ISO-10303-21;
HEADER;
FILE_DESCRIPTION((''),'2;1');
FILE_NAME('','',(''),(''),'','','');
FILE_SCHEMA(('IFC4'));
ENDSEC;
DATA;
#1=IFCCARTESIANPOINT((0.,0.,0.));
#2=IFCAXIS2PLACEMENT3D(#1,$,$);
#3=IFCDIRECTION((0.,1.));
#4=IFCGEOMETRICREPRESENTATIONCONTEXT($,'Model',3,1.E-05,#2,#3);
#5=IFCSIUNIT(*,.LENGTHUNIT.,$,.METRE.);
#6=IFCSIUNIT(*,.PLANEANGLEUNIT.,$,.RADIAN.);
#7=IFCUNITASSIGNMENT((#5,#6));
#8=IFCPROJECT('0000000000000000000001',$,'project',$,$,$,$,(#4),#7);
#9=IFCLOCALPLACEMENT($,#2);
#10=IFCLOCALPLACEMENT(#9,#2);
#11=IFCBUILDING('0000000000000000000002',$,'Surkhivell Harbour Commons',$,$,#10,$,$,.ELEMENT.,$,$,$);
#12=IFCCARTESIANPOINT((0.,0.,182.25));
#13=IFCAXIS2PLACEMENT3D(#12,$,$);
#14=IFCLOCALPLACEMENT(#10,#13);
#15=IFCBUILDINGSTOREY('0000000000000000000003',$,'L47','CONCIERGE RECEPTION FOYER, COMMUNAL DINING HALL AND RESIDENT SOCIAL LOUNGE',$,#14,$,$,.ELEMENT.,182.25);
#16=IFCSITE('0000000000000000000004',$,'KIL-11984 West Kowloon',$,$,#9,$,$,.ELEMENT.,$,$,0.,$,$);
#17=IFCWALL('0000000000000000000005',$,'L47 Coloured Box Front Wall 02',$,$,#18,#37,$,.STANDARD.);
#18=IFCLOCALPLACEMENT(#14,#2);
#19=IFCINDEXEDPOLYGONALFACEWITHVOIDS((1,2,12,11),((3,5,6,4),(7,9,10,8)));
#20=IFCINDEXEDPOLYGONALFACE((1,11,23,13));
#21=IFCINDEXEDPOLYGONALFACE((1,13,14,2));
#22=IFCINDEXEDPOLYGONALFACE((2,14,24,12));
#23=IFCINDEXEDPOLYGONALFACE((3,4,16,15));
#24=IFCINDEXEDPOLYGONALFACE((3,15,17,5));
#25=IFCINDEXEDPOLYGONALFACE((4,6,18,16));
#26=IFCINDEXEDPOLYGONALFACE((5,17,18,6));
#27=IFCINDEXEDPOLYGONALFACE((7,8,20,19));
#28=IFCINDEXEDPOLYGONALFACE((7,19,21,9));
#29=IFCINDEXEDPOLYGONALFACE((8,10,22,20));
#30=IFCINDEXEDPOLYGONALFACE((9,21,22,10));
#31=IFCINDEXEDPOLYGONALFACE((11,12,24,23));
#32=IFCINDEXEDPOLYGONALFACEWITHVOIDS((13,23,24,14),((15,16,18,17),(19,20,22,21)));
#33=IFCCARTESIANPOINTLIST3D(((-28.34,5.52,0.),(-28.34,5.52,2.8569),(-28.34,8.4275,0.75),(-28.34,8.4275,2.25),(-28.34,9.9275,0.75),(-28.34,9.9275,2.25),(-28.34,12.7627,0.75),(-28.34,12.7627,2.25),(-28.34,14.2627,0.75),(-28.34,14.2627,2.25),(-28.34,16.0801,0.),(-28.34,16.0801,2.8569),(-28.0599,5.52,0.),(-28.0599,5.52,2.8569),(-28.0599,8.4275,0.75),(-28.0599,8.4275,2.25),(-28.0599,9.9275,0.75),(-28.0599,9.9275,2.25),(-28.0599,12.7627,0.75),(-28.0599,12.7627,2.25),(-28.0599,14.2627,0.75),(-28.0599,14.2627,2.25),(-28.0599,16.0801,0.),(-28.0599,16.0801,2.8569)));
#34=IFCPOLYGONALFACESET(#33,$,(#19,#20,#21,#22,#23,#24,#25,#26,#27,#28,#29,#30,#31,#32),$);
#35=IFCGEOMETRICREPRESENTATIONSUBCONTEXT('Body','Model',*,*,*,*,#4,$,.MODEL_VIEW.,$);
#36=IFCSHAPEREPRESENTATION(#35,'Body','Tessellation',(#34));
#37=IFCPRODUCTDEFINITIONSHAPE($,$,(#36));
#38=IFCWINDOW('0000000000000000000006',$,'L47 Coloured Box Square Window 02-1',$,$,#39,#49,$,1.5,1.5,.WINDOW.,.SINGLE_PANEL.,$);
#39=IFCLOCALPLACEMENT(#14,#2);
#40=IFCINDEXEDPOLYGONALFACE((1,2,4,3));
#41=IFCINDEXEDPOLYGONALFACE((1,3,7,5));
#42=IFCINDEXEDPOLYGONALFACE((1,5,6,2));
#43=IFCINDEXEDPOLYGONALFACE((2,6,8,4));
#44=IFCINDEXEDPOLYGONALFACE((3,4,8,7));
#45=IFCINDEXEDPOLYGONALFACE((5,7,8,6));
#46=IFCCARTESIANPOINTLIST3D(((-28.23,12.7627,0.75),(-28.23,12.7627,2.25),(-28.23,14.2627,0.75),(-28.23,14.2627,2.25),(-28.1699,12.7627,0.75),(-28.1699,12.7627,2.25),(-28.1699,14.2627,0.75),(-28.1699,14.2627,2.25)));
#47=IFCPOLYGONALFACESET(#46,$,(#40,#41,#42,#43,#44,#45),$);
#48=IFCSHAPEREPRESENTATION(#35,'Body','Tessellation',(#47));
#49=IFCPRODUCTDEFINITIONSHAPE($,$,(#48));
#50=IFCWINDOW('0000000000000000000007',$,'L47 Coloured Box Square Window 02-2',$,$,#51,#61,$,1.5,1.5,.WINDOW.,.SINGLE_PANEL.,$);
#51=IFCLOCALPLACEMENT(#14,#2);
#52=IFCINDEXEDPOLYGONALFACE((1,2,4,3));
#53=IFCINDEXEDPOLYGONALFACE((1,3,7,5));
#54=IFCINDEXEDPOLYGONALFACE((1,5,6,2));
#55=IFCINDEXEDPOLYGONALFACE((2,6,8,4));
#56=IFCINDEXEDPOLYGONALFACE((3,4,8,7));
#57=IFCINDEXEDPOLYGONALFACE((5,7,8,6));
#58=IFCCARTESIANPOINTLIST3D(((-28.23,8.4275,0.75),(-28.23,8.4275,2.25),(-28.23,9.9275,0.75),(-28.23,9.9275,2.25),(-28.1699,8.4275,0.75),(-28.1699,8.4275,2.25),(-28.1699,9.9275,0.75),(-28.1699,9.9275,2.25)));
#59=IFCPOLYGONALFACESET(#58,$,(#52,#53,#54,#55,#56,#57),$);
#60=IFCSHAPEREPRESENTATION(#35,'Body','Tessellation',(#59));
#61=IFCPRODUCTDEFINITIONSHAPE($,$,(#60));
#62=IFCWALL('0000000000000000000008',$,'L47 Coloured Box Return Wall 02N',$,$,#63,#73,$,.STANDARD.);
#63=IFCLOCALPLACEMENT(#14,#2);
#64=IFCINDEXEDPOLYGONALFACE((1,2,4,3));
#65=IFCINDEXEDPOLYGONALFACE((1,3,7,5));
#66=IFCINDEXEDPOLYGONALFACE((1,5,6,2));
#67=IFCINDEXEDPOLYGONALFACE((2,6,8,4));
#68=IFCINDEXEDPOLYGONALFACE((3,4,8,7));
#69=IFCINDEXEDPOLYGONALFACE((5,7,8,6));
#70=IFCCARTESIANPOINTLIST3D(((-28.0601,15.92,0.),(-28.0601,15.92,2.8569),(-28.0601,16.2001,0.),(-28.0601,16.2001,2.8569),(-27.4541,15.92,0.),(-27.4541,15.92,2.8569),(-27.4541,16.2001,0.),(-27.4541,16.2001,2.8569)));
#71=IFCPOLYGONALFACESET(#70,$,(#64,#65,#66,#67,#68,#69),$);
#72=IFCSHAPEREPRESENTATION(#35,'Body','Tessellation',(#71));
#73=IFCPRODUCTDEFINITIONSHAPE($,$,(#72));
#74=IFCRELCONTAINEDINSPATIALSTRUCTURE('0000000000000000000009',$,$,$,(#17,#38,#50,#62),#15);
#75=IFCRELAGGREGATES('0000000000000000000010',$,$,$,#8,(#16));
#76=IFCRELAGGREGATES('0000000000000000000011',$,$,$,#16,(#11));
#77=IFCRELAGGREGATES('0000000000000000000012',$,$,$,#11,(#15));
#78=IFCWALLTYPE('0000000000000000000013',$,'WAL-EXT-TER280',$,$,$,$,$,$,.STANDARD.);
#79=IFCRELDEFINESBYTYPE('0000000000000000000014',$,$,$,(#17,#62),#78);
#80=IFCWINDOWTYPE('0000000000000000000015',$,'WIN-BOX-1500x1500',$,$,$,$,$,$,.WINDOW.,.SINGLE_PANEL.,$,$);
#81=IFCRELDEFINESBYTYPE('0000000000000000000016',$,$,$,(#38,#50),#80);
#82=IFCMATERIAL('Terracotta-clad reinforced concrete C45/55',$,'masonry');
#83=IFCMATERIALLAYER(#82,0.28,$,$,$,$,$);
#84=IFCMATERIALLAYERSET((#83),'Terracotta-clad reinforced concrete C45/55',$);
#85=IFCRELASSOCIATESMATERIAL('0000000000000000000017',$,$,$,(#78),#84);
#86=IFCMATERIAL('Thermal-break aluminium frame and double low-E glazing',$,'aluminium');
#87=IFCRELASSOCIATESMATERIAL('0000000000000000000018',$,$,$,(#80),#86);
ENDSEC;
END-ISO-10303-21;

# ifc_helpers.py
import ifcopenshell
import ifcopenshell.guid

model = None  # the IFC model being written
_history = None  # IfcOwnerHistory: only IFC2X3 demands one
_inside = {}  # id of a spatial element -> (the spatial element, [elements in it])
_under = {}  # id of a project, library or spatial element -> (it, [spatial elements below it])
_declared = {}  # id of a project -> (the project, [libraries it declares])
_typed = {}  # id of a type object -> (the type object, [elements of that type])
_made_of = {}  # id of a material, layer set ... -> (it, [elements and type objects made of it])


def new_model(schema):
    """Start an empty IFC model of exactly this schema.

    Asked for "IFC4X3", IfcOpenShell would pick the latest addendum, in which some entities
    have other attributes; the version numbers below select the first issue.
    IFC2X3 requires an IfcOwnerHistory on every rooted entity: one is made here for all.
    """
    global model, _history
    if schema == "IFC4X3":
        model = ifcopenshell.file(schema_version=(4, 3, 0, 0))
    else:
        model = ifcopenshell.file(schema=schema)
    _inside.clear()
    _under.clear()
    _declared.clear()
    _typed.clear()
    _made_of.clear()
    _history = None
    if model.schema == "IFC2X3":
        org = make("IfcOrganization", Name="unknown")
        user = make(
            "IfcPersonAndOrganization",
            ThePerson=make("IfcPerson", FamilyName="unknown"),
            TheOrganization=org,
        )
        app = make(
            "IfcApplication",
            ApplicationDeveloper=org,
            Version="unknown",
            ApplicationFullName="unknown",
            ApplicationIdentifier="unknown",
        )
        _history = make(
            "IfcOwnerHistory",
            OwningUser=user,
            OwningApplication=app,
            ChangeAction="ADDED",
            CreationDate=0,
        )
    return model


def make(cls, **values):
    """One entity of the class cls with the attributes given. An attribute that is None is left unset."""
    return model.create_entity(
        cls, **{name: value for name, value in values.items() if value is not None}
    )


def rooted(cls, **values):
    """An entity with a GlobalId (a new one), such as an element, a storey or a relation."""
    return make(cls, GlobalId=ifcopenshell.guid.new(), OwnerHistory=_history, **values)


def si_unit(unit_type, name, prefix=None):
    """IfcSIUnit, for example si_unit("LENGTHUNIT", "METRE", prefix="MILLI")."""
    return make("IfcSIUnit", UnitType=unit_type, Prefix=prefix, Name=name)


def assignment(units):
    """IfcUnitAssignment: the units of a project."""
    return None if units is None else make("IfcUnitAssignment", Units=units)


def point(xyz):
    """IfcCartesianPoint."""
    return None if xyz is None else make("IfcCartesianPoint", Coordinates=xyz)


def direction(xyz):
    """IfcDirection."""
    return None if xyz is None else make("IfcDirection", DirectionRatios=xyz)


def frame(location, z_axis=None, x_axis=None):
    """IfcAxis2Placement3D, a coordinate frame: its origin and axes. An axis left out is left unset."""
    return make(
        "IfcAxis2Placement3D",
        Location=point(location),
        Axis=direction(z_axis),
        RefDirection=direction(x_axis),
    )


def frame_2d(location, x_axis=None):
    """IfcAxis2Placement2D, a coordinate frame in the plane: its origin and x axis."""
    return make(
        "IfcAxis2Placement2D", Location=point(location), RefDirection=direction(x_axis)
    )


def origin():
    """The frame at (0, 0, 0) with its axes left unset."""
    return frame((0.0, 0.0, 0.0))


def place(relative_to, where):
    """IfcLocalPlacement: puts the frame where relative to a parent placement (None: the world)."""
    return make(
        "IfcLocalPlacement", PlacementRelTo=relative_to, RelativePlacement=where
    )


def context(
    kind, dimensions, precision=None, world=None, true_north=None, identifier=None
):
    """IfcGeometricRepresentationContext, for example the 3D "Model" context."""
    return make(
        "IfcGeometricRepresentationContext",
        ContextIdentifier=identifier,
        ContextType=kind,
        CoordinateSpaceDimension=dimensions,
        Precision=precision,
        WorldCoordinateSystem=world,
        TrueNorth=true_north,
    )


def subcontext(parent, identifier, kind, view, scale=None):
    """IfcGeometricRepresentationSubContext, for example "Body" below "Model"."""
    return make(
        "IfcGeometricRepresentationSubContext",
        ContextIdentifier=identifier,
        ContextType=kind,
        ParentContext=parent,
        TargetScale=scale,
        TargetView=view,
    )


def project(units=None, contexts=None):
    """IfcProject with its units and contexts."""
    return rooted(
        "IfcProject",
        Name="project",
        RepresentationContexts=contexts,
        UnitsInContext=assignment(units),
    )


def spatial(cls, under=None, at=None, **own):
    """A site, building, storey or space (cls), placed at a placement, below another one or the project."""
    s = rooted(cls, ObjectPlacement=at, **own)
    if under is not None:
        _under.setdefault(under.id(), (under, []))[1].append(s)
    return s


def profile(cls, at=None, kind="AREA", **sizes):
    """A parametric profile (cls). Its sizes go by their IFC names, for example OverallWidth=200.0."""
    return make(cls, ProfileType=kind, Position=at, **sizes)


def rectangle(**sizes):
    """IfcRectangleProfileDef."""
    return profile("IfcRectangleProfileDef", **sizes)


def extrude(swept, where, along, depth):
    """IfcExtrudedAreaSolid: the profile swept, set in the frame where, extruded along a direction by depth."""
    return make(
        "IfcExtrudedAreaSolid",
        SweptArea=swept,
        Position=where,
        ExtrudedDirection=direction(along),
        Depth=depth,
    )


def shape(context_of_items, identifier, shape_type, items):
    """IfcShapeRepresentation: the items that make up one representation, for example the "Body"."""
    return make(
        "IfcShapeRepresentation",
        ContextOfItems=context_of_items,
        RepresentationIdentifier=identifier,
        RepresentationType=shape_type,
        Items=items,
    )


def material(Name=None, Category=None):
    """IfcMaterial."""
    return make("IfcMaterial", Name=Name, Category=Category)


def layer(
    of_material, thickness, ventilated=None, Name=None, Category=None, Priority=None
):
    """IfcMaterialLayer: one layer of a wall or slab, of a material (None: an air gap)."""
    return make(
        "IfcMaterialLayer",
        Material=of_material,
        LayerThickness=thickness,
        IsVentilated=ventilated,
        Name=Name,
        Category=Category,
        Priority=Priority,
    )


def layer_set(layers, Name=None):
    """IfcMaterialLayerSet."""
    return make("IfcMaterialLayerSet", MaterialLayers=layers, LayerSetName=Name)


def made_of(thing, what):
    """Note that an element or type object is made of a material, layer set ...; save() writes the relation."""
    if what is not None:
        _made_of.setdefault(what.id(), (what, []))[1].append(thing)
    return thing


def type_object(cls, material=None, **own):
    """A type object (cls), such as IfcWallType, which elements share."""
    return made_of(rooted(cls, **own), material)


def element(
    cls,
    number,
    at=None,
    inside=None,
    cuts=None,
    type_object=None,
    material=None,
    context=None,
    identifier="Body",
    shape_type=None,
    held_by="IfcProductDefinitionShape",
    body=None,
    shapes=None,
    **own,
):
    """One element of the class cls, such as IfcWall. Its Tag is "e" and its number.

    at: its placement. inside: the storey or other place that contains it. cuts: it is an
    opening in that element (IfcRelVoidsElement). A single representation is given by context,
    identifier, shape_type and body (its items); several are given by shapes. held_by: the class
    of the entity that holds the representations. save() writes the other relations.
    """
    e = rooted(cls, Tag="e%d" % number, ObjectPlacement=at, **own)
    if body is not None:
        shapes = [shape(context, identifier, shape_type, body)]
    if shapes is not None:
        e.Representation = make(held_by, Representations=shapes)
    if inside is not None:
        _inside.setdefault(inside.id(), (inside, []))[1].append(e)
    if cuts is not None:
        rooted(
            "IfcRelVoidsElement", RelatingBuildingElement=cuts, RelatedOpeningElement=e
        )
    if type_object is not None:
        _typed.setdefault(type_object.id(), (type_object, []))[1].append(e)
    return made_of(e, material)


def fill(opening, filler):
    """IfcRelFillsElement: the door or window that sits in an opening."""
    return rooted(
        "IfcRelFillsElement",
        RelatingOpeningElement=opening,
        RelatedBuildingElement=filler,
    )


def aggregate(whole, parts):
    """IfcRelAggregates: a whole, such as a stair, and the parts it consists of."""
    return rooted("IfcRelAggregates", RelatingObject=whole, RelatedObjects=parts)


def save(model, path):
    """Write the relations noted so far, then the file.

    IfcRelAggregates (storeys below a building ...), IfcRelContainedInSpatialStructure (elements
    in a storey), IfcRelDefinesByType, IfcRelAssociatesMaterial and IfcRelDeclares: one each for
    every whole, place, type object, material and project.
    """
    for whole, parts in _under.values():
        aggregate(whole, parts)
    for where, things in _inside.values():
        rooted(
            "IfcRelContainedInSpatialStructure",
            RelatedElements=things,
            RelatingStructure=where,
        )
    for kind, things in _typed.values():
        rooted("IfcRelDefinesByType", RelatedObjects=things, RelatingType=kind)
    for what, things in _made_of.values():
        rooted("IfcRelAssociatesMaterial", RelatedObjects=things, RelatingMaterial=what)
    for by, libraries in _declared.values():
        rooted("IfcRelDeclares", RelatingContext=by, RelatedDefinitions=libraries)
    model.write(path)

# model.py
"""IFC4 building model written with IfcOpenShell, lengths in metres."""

from ifc_helpers import new_model, si_unit, direction, frame, frame_2d, origin, place, context, subcontext, project, spatial, rectangle, extrude, material, layer, layer_set, type_object, element, fill, save


model = new_model("IFC4")

# Units and contexts
model_context = context("Model", 3, precision=1e-05, world=origin(), true_north=direction((0.0, 1.0)))
body_context = subcontext(model_context, "Body", "Model", "MODEL_VIEW")
ifc_project = project(units=[si_unit("LENGTHUNIT", "METRE"), si_unit("PLANEANGLEUNIT", "RADIAN")], contexts=[model_context])

# Site, building, storey
site_placement = place(None, origin())
site = spatial("IfcSite", under=ifc_project, at=site_placement, Name="KIL-11984 West Kowloon", CompositionType="ELEMENT", RefElevation=0.0)
building_placement = place(site_placement, origin())
building = spatial("IfcBuilding", under=site, at=building_placement, Name="Surkhivell Harbour Commons", CompositionType="ELEMENT")
storey_placement = place(building_placement, frame((0.0, 0.0, 182.25)))
storey = spatial("IfcBuildingStorey", under=building, at=storey_placement, Name="L47", Description="CONCIERGE RECEPTION FOYER, COMMUNAL DINING HALL AND RESIDENT SOCIAL LOUNGE", CompositionType="ELEMENT", Elevation=182.25)

# Shared definitions
ifc_material_1 = material(Name="Thermal-break aluminium frame and double low-E glazing", Category="aluminium")

# Wall, openings, windows
ifc_material_2 = material(Name="Terracotta-clad reinforced concrete C45/55", Category="masonry")
ifc_layer_1 = layer(ifc_material_2, 0.28)
ifc_layer_set_1 = layer_set([ifc_layer_1], Name="Terracotta-clad reinforced concrete C45/55")
wall_type_1 = type_object("IfcWallType", Name="WAL-EXT-TER280", PredefinedType="STANDARD", material=ifc_layer_set_1)
wall_1_placement = place(storey_placement, frame((-28.2, 16.0801, 0.0), z_axis=(0.0, 0.0, 1.0), x_axis=(0.0, -1.0, 0.0)))
wall_1 = element("IfcWall", 1, at=wall_1_placement, inside=storey, type_object=wall_type_1, Name="L47 Coloured Box Front Wall 02", PredefinedType="STANDARD", context=body_context, shape_type="SweptSolid", body=[
    extrude(rectangle(XDim=10.5601, YDim=0.28, at=frame_2d((5.28, 0.0))), origin(), (0.0, 0.0, 1.0), 2.8569),
])
opening_1_placement = place(wall_1_placement, frame((1.8174, 0.0, 0.75)))
opening_1 = element("IfcOpeningElement", 2, at=opening_1_placement, cuts=wall_1, PredefinedType="OPENING", context=body_context, shape_type="SweptSolid", body=[
    extrude(rectangle(XDim=1.5, YDim=1.5, at=frame_2d((0.75, 0.75))), frame((0.0, 0.1499, 0.0), z_axis=(0.0, -1.0, 0.0), x_axis=(1.0, 0.0, 0.0)), (0.0, 0.0, 1.0), 0.3),
])
opening_2_placement = place(wall_1_placement, frame((6.1526, 0.0, 0.75)))
opening_2 = element("IfcOpeningElement", 3, at=opening_2_placement, cuts=wall_1, PredefinedType="OPENING", context=body_context, shape_type="SweptSolid", body=[
    extrude(rectangle(XDim=1.5, YDim=1.5, at=frame_2d((0.75, 0.75))), frame((0.0, 0.1499, 0.0), z_axis=(0.0, -1.0, 0.0), x_axis=(1.0, 0.0, 0.0)), (0.0, 0.0, 1.0), 0.3),
])
window_type_1 = type_object("IfcWindowType", Name="WIN-BOX-1500x1500", PartitioningType="SINGLE_PANEL", PredefinedType="WINDOW", material=ifc_material_1)
window_1_placement = place(opening_1_placement, origin())
window_1 = element("IfcWindow", 4, at=window_1_placement, inside=storey, type_object=window_type_1, Name="L47 Coloured Box Square Window 02-1", OverallHeight=1.5, OverallWidth=1.5, PartitioningType="SINGLE_PANEL", PredefinedType="WINDOW", context=body_context, shape_type="SweptSolid", body=[
    extrude(rectangle(XDim=1.5, YDim=1.5, at=frame_2d((0.75, 0.75))), frame((0.0, 0.03, 0.0), z_axis=(0.0, -1.0, 0.0), x_axis=(1.0, 0.0, 0.0)), (0.0, 0.0, 1.0), 0.0601),
])
fill(opening_1, window_1)
window_2_placement = place(opening_2_placement, origin())
window_2 = element("IfcWindow", 5, at=window_2_placement, inside=storey, type_object=window_type_1, Name="L47 Coloured Box Square Window 02-2", OverallHeight=1.5, OverallWidth=1.5, PartitioningType="SINGLE_PANEL", PredefinedType="WINDOW", context=body_context, shape_type="SweptSolid", body=[
    extrude(rectangle(XDim=1.5, YDim=1.5, at=frame_2d((0.75, 0.75))), frame((0.0, 0.03, 0.0), z_axis=(0.0, -1.0, 0.0), x_axis=(1.0, 0.0, 0.0)), (0.0, 0.0, 1.0), 0.0601),
])
fill(opening_2, window_2)

# Wall
wall_2_placement = place(storey_placement, frame((-28.0601, 16.0601, 0.0), z_axis=(0.0, 0.0, 1.0), x_axis=(1.0, 0.0, 0.0)))
element("IfcWall", 6, at=wall_2_placement, inside=storey, type_object=wall_type_1, Name="L47 Coloured Box Return Wall 02N", PredefinedType="STANDARD", context=body_context, shape_type="SweptSolid", body=[
    extrude(rectangle(XDim=0.606, YDim=0.28, at=frame_2d((0.303, 0.0))), origin(), (0.0, 0.0, 1.0), 2.8569),
])

save(model, "model.ifc")
